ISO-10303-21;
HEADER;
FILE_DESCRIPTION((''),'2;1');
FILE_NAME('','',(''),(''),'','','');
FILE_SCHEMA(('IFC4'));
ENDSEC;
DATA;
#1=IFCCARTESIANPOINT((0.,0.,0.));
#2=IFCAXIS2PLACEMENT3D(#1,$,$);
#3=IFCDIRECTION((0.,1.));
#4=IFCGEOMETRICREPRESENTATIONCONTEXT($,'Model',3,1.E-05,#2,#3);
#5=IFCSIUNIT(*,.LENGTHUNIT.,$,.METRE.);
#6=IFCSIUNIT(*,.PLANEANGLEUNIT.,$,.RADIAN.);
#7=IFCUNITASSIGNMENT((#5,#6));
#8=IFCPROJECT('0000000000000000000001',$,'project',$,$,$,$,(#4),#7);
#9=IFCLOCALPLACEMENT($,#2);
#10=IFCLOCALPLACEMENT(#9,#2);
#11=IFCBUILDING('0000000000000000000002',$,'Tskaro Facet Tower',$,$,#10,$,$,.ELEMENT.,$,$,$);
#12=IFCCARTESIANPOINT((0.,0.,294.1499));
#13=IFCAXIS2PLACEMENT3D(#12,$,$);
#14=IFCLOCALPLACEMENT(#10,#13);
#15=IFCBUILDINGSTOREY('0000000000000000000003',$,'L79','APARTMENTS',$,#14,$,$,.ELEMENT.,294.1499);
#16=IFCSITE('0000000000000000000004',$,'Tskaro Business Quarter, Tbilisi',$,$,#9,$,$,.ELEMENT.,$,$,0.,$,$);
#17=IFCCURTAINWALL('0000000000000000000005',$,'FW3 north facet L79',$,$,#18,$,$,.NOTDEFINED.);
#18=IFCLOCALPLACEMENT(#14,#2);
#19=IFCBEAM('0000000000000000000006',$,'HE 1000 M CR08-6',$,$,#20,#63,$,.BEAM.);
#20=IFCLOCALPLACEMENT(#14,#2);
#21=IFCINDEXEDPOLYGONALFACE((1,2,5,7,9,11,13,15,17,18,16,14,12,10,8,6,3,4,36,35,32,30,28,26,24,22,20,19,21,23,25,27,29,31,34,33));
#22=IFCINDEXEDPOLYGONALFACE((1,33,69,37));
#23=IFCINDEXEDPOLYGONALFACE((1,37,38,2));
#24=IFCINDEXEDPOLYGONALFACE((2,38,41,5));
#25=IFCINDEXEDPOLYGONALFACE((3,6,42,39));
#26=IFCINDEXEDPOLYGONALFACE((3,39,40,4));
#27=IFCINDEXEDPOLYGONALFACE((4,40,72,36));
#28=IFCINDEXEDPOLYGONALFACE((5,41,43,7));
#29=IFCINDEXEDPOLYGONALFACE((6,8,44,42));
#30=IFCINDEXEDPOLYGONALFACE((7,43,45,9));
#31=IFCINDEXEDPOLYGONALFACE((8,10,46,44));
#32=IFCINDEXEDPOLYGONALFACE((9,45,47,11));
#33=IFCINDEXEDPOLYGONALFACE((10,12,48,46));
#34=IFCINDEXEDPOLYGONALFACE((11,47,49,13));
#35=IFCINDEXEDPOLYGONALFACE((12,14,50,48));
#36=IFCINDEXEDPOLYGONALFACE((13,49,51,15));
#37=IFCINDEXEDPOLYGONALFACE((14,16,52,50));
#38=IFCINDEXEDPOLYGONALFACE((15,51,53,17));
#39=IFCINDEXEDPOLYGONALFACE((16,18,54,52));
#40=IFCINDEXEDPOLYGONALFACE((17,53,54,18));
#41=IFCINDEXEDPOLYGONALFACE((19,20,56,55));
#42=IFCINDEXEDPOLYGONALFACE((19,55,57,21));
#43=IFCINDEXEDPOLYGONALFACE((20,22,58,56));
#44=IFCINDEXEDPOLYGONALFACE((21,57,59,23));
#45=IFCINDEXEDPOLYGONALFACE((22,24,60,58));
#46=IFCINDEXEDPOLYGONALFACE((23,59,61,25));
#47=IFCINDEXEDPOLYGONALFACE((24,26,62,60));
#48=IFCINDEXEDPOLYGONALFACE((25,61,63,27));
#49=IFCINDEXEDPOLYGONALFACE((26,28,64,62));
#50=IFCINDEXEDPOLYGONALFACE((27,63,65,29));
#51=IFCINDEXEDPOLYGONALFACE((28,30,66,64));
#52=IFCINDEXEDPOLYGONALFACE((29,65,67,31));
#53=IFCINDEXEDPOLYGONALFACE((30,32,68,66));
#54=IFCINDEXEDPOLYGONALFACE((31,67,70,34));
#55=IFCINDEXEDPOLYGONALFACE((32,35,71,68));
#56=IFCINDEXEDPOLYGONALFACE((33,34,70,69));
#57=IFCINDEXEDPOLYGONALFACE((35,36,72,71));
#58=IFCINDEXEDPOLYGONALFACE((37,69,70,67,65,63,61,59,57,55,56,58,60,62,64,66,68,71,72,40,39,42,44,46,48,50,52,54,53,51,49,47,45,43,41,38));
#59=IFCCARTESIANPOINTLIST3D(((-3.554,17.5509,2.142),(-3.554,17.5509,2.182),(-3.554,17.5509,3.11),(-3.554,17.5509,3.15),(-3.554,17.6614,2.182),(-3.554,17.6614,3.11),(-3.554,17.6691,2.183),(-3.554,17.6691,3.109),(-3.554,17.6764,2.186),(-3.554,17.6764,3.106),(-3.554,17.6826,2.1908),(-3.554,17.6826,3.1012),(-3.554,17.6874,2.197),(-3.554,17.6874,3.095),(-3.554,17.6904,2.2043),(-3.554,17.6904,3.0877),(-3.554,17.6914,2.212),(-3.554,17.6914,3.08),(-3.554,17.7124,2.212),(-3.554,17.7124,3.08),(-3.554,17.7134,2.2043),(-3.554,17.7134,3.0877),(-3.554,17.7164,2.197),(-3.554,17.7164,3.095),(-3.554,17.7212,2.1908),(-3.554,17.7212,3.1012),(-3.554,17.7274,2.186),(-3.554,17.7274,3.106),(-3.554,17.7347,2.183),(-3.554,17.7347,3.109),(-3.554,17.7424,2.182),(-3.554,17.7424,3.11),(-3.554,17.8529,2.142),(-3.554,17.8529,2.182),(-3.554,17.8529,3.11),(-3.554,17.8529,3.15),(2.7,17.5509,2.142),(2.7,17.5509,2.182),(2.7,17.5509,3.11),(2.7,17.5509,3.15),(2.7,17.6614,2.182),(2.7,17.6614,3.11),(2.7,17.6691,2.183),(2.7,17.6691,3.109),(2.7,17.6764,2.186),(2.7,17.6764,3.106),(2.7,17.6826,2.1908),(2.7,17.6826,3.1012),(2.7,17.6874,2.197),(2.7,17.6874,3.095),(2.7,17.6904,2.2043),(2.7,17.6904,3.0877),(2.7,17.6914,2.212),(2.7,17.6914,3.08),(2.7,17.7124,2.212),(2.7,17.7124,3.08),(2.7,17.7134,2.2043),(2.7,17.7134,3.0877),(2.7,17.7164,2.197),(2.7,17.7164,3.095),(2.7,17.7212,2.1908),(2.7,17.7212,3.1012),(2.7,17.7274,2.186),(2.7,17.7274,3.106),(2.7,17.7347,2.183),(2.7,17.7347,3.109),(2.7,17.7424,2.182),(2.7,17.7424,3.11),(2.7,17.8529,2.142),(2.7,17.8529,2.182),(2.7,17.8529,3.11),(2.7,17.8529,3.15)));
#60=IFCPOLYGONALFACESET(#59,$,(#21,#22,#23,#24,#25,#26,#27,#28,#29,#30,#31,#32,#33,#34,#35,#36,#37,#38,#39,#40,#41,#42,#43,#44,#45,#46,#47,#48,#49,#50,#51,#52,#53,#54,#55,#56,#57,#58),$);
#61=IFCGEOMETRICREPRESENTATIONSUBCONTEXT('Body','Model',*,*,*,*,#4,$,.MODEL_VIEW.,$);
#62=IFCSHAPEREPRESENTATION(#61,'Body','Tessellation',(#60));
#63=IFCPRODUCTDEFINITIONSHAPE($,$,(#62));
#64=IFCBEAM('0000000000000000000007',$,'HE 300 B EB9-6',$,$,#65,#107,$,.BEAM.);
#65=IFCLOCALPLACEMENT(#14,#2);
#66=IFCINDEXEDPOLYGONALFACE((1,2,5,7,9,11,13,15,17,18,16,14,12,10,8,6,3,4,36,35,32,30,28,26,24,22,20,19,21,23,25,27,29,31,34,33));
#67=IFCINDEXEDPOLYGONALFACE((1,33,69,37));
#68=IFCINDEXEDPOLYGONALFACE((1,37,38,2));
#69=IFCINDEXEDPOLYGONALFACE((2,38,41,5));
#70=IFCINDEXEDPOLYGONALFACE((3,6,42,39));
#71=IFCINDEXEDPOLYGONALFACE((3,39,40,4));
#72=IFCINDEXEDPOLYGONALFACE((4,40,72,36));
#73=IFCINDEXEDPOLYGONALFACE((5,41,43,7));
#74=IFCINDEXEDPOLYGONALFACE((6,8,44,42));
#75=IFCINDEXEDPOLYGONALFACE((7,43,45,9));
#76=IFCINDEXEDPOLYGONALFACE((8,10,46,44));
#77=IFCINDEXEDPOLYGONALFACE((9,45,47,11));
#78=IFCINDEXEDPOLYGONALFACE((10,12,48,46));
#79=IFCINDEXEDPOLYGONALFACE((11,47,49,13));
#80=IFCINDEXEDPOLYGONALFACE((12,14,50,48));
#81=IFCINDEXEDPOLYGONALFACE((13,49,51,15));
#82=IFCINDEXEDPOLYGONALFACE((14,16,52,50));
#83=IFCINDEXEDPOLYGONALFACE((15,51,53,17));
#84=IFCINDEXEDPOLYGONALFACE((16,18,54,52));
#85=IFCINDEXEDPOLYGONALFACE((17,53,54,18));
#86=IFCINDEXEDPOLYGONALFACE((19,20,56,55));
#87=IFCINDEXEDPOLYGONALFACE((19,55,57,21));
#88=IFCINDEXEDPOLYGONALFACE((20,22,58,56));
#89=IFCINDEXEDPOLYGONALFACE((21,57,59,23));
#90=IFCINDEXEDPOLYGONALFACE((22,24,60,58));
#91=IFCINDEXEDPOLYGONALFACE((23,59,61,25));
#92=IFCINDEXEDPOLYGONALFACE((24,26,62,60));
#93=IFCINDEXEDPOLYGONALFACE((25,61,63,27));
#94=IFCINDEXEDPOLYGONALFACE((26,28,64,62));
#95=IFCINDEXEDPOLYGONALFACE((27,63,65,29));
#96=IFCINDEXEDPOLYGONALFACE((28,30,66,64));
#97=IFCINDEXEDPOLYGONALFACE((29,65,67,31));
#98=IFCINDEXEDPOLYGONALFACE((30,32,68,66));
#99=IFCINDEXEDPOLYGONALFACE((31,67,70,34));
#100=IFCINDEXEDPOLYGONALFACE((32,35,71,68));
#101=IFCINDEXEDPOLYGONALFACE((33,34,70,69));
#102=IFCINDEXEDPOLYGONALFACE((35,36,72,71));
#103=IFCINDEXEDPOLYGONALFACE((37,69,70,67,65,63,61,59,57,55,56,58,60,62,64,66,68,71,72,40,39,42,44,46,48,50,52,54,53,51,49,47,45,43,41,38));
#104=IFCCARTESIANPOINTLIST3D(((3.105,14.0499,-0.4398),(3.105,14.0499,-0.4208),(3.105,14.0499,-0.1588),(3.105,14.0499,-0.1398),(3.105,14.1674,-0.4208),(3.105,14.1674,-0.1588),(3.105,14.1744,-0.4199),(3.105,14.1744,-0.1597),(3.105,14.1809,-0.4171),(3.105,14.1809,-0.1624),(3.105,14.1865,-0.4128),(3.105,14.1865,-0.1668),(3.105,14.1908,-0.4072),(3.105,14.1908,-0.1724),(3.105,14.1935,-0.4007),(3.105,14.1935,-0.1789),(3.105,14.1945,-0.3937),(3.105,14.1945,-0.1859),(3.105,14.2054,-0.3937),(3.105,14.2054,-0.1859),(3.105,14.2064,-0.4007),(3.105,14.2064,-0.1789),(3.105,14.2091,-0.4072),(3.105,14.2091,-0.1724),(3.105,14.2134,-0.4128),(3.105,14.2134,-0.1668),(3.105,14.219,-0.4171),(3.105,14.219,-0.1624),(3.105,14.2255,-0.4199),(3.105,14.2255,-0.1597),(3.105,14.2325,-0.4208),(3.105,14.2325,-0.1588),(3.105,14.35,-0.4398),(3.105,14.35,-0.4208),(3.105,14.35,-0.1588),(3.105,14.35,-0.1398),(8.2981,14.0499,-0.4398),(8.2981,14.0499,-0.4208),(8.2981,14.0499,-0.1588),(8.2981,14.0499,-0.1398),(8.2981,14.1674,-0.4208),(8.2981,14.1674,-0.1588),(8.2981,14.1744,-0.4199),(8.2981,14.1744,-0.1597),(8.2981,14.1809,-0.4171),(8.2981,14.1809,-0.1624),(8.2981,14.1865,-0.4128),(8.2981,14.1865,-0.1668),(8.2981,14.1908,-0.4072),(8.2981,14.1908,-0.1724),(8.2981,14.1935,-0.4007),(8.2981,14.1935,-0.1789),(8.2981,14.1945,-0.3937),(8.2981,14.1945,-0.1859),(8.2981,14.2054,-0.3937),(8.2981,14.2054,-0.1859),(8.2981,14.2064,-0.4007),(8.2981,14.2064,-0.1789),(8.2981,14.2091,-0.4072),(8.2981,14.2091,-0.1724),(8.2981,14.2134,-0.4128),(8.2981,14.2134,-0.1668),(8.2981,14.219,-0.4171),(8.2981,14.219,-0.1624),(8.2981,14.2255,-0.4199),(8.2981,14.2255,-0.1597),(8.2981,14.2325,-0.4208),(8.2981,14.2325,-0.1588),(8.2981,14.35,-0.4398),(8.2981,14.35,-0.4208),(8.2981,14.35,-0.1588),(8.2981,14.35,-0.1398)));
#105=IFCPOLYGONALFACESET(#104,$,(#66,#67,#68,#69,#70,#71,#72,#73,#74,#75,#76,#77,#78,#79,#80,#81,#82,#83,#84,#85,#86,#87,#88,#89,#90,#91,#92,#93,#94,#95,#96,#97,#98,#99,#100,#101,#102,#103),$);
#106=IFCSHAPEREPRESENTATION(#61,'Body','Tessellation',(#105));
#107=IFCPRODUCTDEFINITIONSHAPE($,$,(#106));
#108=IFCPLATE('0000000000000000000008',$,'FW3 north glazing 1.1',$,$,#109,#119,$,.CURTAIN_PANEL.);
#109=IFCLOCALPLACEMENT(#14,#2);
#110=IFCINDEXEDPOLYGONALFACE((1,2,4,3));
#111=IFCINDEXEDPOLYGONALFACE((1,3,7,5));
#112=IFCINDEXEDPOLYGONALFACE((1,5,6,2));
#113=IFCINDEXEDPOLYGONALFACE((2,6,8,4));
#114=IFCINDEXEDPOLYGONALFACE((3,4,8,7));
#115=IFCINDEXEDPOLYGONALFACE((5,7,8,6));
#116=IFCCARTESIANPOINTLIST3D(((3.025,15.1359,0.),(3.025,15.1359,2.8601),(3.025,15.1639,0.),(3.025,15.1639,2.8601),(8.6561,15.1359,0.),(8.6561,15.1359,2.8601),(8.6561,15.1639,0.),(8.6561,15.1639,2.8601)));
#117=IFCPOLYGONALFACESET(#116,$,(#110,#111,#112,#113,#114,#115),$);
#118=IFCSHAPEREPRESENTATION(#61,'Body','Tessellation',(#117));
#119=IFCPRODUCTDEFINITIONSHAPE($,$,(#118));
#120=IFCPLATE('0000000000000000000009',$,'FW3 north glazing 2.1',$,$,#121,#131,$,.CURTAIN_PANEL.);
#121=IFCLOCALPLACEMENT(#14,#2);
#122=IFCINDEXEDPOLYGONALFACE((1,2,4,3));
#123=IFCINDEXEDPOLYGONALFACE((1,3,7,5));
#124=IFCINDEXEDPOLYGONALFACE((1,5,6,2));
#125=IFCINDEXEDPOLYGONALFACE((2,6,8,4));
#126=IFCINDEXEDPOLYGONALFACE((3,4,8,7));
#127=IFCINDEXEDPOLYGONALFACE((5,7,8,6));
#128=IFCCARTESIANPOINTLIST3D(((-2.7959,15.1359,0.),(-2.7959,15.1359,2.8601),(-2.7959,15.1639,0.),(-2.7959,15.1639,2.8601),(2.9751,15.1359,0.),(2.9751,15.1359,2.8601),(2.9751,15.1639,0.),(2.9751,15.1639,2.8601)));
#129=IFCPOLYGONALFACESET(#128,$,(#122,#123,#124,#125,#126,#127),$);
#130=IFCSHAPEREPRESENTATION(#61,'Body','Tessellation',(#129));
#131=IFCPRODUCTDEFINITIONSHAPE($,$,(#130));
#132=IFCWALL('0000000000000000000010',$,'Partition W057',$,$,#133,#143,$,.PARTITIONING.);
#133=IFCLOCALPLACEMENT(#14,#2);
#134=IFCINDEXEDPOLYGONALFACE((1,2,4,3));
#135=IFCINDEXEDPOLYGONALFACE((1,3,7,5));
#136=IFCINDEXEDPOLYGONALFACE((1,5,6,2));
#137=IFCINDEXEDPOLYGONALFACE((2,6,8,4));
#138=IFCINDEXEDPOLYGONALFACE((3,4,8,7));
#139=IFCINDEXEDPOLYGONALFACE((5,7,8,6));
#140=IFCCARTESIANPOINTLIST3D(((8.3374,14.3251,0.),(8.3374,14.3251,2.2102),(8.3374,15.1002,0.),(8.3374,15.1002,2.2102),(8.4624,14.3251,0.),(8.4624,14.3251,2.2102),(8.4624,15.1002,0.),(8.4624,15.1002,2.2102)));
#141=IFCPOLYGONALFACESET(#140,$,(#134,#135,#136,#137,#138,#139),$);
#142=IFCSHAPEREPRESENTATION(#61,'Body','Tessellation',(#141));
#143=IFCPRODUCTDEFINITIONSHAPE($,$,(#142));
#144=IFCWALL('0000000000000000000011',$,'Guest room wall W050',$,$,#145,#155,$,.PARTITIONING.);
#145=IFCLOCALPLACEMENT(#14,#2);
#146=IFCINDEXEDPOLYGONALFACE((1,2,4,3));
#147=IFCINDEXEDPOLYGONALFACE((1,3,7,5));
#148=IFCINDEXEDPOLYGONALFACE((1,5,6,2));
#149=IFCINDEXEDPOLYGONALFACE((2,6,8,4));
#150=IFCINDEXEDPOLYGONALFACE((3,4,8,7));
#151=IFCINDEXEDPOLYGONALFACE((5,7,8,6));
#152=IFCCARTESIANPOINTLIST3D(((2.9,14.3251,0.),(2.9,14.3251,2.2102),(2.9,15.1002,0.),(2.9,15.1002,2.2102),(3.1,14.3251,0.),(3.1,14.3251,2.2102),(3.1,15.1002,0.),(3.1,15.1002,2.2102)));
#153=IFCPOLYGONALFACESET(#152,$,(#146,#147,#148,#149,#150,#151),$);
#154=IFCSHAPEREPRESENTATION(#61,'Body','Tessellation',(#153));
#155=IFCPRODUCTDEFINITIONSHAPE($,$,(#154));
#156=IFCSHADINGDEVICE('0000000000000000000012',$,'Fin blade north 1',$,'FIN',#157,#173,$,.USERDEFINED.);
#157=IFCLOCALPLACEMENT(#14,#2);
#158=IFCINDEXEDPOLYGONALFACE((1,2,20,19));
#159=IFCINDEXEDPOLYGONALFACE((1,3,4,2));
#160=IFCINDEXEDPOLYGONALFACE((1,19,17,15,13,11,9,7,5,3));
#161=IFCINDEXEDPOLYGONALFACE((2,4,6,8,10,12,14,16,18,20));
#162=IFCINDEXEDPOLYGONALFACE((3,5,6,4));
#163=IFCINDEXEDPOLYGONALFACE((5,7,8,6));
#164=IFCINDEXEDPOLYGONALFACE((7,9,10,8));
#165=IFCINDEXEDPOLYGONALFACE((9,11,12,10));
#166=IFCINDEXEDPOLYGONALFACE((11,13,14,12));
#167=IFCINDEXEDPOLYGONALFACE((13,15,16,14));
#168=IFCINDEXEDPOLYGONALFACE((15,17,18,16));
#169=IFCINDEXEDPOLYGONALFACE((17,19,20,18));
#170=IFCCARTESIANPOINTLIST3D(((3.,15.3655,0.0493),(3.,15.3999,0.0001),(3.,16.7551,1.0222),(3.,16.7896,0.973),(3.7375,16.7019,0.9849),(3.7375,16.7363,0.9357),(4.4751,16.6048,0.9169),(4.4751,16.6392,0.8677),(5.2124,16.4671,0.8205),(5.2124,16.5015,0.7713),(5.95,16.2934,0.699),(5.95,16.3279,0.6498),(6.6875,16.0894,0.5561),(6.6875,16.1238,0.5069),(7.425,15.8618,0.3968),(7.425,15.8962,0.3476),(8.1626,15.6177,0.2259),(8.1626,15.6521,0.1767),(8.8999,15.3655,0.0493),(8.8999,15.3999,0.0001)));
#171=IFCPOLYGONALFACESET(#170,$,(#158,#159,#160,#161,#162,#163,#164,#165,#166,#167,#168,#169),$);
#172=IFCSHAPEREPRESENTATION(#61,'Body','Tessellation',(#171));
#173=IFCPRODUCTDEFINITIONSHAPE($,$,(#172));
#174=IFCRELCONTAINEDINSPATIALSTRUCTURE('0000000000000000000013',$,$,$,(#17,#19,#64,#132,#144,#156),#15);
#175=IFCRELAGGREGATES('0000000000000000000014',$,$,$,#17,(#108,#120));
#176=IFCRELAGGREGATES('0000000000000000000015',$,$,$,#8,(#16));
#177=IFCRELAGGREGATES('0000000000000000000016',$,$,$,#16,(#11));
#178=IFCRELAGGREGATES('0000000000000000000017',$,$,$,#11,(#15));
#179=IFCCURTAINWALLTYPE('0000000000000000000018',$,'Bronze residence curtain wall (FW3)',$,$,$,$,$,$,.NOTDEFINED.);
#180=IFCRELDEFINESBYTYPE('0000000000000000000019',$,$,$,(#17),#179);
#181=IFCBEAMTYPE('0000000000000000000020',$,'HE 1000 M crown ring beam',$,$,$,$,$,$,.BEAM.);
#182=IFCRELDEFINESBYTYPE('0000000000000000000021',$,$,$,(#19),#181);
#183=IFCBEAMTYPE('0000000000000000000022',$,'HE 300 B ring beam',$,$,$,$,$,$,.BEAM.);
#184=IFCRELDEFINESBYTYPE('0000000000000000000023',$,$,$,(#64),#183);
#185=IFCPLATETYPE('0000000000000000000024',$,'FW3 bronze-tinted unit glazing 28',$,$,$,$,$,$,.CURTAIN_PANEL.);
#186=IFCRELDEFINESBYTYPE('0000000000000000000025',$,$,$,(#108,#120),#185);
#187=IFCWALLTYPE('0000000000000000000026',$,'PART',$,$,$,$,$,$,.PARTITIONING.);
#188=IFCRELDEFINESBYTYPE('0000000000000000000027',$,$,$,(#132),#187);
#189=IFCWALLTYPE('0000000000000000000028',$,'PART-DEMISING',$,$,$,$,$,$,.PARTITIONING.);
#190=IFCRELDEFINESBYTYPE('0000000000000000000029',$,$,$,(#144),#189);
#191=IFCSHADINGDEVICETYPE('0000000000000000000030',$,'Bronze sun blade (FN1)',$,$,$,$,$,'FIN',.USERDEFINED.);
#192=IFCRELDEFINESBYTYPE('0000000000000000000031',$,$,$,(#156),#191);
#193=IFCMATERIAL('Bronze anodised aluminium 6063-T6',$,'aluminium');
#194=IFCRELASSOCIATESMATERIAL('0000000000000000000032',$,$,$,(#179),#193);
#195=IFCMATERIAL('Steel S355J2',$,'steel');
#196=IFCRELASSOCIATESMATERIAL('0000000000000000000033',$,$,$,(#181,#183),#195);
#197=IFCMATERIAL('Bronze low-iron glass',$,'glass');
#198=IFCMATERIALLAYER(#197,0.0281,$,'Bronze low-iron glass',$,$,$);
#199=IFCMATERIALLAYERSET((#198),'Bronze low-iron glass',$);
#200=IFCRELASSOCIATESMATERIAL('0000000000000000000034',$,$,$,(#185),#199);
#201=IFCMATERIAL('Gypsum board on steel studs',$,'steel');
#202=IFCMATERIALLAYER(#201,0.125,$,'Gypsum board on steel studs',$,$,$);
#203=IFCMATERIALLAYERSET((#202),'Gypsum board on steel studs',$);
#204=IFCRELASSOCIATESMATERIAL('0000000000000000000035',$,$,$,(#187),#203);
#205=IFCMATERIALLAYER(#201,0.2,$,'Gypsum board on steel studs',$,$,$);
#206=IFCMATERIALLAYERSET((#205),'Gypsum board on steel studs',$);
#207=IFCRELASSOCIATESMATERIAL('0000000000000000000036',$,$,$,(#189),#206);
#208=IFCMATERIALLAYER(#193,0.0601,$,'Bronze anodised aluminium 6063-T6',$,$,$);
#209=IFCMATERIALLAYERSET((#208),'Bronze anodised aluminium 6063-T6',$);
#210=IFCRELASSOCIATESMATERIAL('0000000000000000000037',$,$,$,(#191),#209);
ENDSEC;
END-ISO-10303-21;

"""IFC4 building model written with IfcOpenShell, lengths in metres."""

from ifc_helpers import new_model, si_unit, direction, frame, frame_2d, origin, origin_2d, place, context, subcontext, project, spatial, polyline, rectangle, i_section, outline, extrude, material, layer, layer_set, material_profile, profile_set, type_object, element, aggregate, save


model = new_model("IFC4")

# Units and contexts
model_context = context("Model", 3, precision=1e-05, world=origin(), true_north=direction((0.0, 1.0)))
body_context = subcontext(model_context, "Body", "Model", "MODEL_VIEW")
ifc_project = project(units=[si_unit("LENGTHUNIT", "METRE"), si_unit("PLANEANGLEUNIT", "RADIAN")], contexts=[model_context])

# Site, building, storey
site_placement = place(None, origin())
site = spatial("IfcSite", under=ifc_project, at=site_placement, Name="Tskaro Business Quarter, Tbilisi", CompositionType="ELEMENT", RefElevation=0.0)
building_placement = place(site_placement, origin())
building = spatial("IfcBuilding", under=site, at=building_placement, Name="Tskaro Facet Tower", CompositionType="ELEMENT")
storey_placement = place(building_placement, frame((0.0, 0.0, 294.1499)))
storey = spatial("IfcBuildingStorey", under=building, at=storey_placement, Name="L79", Description="APARTMENTS", CompositionType="ELEMENT", Elevation=294.1499)

# Shared definitions
ifc_material_1 = material(Name="Steel S355J2", Category="steel")

# Curtain wall
ifc_material_2 = material(Name="Bronze anodised aluminium 6063-T6", Category="aluminium")
curtain_wall_type = type_object("IfcCurtainWallType", Name="Bronze residence curtain wall (FW3)", PredefinedType="NOTDEFINED", material=ifc_material_2)
curtain_wall_placement = place(storey_placement, origin())
curtain_wall = element("IfcCurtainWall", 1, at=curtain_wall_placement, inside=storey, type_object=curtain_wall_type, Name="FW3 north facet L79", PredefinedType="NOTDEFINED")

# Beams
ifc_material_profile_1 = material_profile(ifc_material_1, i_section(OverallWidth=0.302, OverallDepth=1.0081, WebThickness=0.021, FlangeThickness=0.04, FilletRadius=0.03, at=origin_2d()), Name="HE 1000 M")
ifc_profile_set_1 = profile_set([ifc_material_profile_1], Name="Steel S355J2")
beam_type_1 = type_object("IfcBeamType", Name="HE 1000 M crown ring beam", PredefinedType="BEAM", material=ifc_profile_set_1)
beam_1_placement = place(storey_placement, frame((2.7, 17.7019, 2.646), z_axis=(-1.0, 0.0, 0.0), x_axis=(0.0, -1.0, 0.0)))
element("IfcBeam", 2, at=beam_1_placement, inside=storey, type_object=beam_type_1, Name="HE 1000 M CR08-6", PredefinedType="BEAM", context=body_context, shape_type="SweptSolid", body=[
    extrude(i_section(OverallWidth=0.302, OverallDepth=1.0081, WebThickness=0.021, FlangeThickness=0.04, FilletRadius=0.03, at=origin_2d()), origin(), (0.0, 0.0, 1.0), 6.2539),
])
ifc_material_profile_2 = material_profile(ifc_material_1, i_section(OverallWidth=0.3, OverallDepth=0.3, WebThickness=0.011, FlangeThickness=0.019, FilletRadius=0.0271, at=origin_2d()), Name="HE 300 B")
ifc_profile_set_2 = profile_set([ifc_material_profile_2], Name="Steel S355J2")
beam_type_2 = type_object("IfcBeamType", Name="HE 300 B ring beam", PredefinedType="BEAM", material=ifc_profile_set_2)
beam_2_placement = place(storey_placement, frame((8.2981, 14.2, -0.2898), z_axis=(-1.0, 0.0, 0.0), x_axis=(0.0, -1.0, 0.0)))
element("IfcBeam", 3, at=beam_2_placement, inside=storey, type_object=beam_type_2, Name="HE 300 B EB9-6", PredefinedType="BEAM", context=body_context, shape_type="SweptSolid", body=[
    extrude(i_section(OverallWidth=0.3, OverallDepth=0.3, WebThickness=0.011, FlangeThickness=0.019, FilletRadius=0.0271, at=origin_2d()), origin(), (0.0, 0.0, 1.0), 5.1931),
])

# Plates
ifc_material_3 = material(Name="Bronze low-iron glass", Category="glass")
ifc_layer_1 = layer(ifc_material_3, 0.0281, Name="Bronze low-iron glass")
ifc_layer_set_1 = layer_set([ifc_layer_1], Name="Bronze low-iron glass")
plate_type = type_object("IfcPlateType", Name="FW3 bronze-tinted unit glazing 28", PredefinedType="CURTAIN_PANEL", material=ifc_layer_set_1)
plate_1_placement = place(storey_placement, frame((5.8406, 15.1499, 0.0), z_axis=(0.0, 0.0, 1.0), x_axis=(-1.0, 0.0, 0.0)))
plate_1 = element("IfcPlate", 4, at=plate_1_placement, type_object=plate_type, Name="FW3 north glazing 1.1", PredefinedType="CURTAIN_PANEL", context=body_context, shape_type="SweptSolid", body=[
    extrude(rectangle(XDim=5.6311, YDim=0.0281, at=origin_2d()), origin(), (0.0, 0.0, 1.0), 2.8601),
])
plate_2_placement = place(storey_placement, frame((0.0896, 15.1499, 0.0), z_axis=(0.0, 0.0, 1.0), x_axis=(-1.0, 0.0, 0.0)))
plate_2 = element("IfcPlate", 5, at=plate_2_placement, type_object=plate_type, Name="FW3 north glazing 2.1", PredefinedType="CURTAIN_PANEL", context=body_context, shape_type="SweptSolid", body=[
    extrude(rectangle(XDim=5.771, YDim=0.0281, at=origin_2d()), origin(), (0.0, 0.0, 1.0), 2.8601),
])
aggregate(curtain_wall, [plate_1, plate_2])

# Walls
ifc_material_4 = material(Name="Gypsum board on steel studs", Category="steel")
ifc_layer_2 = layer(ifc_material_4, 0.125, Name="Gypsum board on steel studs")
ifc_layer_set_2 = layer_set([ifc_layer_2], Name="Gypsum board on steel studs")
wall_type_1 = type_object("IfcWallType", Name="PART", PredefinedType="PARTITIONING", material=ifc_layer_set_2)
wall_1_placement = place(storey_placement, frame((8.3999, 14.325, 0.0), z_axis=(0.0, 0.0, 1.0), x_axis=(0.0, 1.0, 0.0)))
element("IfcWall", 6, at=wall_1_placement, inside=storey, type_object=wall_type_1, Name="Partition W057", PredefinedType="PARTITIONING", context=body_context, shape_type="SweptSolid", body=[
    extrude(rectangle(XDim=0.7751, YDim=0.125, at=frame_2d((0.3877, 0.0))), origin(), (0.0, 0.0, 1.0), 2.2102),
])
ifc_layer_3 = layer(ifc_material_4, 0.2, Name="Gypsum board on steel studs")
ifc_layer_set_3 = layer_set([ifc_layer_3], Name="Gypsum board on steel studs")
wall_type_2 = type_object("IfcWallType", Name="PART-DEMISING", PredefinedType="PARTITIONING", material=ifc_layer_set_3)
wall_2_placement = place(storey_placement, frame((3.0, 14.325, 0.0), z_axis=(0.0, 0.0, 1.0), x_axis=(0.0, 1.0, 0.0)))
element("IfcWall", 7, at=wall_2_placement, inside=storey, type_object=wall_type_2, Name="Guest room wall W050", PredefinedType="PARTITIONING", context=body_context, shape_type="SweptSolid", body=[
    extrude(rectangle(XDim=0.7751, YDim=0.2, at=frame_2d((0.3877, 0.0))), origin(), (0.0, 0.0, 1.0), 2.2102),
])

# Shading device
ifc_layer_4 = layer(ifc_material_2, 0.0601, Name="Bronze anodised aluminium 6063-T6")
ifc_layer_set_4 = layer_set([ifc_layer_4], Name="Bronze anodised aluminium 6063-T6")
shading_device_type = type_object("IfcShadingDeviceType", Name="Bronze sun blade (FN1)", ElementType="FIN", PredefinedType="USERDEFINED", material=ifc_layer_set_4)
shading_device_1_placement = place(storey_placement, frame((8.8999, 15.3655, 0.0493), z_axis=(0.000003, -0.573512, 0.819197), x_axis=(-1.0, -0.000002, 0.000003)))
element("IfcShadingDevice", 8, at=shading_device_1_placement, inside=storey, type_object=shading_device_type, Name="Fin blade north 1", ObjectType="FIN", PredefinedType="USERDEFINED", context=body_context, shape_type="SweptSolid", body=[
    extrude(outline(polyline([(0.0, 0.0), (5.8999, 0.0), (5.8999, -1.6964), (5.1624, -1.6313), (4.4248, -1.5128), (3.6875, -1.3447), (2.95, -1.1328), (2.2124, -0.8837), (1.4749, -0.6058), (0.7373, -0.3078), (0.0, 0.0)])), origin(), (0.0, 0.0, -1.0), 0.0601),
])

save(model, "model.ifc")
